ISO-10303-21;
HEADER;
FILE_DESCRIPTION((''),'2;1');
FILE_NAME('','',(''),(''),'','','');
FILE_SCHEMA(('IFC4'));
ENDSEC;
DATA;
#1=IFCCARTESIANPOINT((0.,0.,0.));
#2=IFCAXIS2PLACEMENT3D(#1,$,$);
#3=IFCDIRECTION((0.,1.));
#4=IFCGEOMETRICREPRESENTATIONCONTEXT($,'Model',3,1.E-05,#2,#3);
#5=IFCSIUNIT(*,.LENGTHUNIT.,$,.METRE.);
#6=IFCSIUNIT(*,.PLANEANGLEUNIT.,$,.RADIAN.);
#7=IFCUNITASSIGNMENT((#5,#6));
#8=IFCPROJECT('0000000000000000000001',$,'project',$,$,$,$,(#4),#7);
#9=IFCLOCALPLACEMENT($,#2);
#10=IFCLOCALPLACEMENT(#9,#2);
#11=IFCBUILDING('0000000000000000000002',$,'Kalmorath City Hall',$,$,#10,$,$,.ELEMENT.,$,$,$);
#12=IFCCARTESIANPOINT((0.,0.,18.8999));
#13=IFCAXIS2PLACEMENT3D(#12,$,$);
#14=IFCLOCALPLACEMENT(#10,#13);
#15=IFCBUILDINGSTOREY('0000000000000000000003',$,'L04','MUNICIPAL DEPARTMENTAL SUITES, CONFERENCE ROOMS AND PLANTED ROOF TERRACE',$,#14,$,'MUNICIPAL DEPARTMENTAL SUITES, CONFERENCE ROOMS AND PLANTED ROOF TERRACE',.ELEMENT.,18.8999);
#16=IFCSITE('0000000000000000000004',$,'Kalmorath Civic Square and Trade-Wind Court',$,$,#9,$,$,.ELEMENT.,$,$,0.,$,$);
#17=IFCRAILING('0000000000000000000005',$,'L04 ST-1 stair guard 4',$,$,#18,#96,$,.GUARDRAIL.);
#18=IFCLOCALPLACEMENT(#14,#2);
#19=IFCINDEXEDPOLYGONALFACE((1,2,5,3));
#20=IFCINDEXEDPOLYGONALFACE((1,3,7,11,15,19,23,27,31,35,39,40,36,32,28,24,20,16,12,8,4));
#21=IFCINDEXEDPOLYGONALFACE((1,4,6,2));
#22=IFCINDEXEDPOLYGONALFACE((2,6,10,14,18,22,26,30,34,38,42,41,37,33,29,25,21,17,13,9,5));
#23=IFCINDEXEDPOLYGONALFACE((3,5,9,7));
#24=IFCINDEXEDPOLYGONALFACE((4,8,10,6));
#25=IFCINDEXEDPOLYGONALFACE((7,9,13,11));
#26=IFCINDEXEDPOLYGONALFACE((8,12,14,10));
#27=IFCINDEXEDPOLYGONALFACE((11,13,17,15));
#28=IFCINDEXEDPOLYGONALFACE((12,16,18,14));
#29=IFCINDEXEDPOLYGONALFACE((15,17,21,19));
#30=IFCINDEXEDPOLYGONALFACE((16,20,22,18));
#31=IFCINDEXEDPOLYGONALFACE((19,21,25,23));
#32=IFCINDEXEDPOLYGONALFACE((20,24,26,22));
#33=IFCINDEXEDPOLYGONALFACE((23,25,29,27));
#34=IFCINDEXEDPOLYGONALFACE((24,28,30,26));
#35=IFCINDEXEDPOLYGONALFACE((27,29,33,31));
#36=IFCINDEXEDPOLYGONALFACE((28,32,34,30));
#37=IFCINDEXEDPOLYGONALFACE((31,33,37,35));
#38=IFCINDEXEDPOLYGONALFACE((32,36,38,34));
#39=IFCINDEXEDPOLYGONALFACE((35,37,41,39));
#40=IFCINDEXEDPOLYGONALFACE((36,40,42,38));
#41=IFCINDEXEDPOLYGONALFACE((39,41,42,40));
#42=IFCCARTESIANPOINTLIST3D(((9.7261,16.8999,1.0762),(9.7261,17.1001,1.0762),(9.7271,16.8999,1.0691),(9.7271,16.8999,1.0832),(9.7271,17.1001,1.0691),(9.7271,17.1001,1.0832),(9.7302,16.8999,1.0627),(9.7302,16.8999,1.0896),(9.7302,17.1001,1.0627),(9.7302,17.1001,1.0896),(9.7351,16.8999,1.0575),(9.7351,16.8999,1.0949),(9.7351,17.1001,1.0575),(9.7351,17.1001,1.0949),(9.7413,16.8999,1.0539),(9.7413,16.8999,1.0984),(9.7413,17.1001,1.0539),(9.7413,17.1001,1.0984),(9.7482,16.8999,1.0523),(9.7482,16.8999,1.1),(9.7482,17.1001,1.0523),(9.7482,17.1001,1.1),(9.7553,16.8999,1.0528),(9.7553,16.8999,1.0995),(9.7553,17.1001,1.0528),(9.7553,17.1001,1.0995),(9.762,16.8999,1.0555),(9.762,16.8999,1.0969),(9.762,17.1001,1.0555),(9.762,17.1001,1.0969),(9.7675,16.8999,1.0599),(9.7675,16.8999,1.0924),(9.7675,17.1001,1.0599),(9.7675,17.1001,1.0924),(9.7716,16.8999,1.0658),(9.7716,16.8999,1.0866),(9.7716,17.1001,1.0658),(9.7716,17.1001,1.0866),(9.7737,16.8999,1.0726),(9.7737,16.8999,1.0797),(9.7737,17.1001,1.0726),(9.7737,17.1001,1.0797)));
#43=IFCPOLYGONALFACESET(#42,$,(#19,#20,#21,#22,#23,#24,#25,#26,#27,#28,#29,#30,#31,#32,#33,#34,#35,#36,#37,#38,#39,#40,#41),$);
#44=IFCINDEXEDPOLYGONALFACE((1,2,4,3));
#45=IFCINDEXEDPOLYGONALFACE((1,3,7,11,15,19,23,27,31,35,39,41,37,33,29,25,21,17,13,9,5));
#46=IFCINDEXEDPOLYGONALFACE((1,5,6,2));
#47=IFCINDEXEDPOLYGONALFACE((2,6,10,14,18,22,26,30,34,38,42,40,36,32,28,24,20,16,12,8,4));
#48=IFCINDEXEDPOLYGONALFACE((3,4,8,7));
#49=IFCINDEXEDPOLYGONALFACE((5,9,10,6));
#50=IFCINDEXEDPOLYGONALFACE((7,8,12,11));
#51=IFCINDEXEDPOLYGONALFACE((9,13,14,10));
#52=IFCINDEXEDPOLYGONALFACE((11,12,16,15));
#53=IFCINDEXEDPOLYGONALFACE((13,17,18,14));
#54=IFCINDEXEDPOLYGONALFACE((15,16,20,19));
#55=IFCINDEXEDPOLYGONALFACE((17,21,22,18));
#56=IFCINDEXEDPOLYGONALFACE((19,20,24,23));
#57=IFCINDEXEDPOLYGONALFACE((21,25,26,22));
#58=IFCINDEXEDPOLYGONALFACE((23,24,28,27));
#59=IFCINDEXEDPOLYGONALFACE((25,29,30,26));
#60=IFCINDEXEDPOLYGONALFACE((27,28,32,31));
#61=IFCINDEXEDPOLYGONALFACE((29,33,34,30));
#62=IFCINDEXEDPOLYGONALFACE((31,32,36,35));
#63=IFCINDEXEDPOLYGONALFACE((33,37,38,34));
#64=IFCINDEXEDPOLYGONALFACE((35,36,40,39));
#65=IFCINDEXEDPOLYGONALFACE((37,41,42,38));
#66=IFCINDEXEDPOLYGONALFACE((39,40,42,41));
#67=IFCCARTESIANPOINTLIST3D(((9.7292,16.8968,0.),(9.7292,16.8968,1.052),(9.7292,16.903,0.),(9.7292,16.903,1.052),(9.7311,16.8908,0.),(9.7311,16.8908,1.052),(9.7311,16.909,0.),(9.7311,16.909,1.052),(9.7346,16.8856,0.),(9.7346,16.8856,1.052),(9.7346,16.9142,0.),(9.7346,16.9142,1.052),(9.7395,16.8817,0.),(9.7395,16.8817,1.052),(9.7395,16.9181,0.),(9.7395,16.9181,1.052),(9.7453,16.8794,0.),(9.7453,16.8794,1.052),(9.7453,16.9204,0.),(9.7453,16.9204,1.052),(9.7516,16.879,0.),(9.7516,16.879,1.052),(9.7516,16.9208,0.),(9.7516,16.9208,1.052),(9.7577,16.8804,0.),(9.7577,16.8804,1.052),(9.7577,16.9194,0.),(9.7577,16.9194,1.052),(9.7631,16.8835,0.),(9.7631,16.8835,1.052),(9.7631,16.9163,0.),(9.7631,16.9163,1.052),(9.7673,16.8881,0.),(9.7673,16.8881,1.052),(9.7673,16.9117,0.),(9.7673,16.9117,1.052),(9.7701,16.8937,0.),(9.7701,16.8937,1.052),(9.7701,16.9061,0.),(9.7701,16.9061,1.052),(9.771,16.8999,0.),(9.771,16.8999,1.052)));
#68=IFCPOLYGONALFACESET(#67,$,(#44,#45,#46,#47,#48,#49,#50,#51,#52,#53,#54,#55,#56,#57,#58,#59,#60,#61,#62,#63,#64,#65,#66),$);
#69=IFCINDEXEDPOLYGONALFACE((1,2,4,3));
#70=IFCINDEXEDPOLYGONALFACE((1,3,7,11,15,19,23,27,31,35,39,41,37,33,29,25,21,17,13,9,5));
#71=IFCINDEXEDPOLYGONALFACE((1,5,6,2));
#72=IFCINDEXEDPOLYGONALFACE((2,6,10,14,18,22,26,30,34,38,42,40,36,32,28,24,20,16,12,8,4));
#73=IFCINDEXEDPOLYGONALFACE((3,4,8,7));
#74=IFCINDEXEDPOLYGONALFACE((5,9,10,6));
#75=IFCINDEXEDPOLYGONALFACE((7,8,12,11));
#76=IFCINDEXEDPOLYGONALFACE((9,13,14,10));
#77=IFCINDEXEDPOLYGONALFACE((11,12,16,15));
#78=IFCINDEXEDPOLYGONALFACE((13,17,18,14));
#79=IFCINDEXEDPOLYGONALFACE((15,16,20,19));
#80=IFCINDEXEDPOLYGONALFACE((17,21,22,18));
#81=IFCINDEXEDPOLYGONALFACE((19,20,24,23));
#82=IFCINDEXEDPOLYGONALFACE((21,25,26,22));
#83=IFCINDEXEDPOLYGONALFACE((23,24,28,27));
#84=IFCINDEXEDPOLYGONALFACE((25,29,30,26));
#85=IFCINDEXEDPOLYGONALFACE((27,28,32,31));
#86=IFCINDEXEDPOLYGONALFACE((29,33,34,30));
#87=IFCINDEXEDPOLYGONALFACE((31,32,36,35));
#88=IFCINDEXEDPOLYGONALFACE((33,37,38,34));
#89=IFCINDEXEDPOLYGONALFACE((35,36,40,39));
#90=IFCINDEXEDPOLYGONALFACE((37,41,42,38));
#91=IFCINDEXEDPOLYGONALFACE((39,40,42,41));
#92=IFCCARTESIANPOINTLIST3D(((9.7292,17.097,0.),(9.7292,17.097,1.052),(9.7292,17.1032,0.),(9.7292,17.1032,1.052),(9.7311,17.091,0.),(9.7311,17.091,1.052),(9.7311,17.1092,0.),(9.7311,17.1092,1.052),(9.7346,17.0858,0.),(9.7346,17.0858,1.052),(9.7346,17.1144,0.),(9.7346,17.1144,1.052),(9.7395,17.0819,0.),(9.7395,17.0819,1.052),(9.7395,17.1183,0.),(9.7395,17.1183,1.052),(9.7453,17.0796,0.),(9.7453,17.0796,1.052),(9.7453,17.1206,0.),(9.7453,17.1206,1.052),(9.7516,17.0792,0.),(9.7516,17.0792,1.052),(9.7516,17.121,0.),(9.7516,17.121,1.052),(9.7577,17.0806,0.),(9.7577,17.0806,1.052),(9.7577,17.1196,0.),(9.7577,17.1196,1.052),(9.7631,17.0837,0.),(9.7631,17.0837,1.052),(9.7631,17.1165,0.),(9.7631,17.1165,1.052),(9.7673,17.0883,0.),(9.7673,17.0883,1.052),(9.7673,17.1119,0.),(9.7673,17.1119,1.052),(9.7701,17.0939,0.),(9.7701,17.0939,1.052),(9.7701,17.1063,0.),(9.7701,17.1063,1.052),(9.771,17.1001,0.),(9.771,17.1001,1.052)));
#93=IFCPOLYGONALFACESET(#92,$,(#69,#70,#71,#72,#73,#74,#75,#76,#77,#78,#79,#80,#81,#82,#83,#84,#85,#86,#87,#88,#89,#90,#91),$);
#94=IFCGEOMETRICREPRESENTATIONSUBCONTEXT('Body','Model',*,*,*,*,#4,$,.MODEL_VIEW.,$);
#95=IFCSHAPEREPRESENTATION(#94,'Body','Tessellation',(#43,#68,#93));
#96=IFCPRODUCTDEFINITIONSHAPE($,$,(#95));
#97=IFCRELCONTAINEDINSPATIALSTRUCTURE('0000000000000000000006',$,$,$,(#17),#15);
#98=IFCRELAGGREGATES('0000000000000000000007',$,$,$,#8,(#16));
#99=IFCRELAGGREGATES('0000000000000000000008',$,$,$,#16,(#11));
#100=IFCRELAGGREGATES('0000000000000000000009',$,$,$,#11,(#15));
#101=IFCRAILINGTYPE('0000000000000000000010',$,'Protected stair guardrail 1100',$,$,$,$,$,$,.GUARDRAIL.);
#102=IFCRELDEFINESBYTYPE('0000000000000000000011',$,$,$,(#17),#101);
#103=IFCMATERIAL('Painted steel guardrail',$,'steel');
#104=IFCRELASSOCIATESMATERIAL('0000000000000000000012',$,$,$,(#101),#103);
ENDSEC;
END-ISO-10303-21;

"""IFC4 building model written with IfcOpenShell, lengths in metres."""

from ifc_helpers import new_model, si_unit, direction, frame, origin, origin_2d, place, context, subcontext, project, spatial, circle, extrude, material, type_object, element, save


model = new_model("IFC4")

# Units and contexts
model_context = context("Model", 3, precision=1e-05, world=origin(), true_north=direction((0.0, 1.0)))
body_context = subcontext(model_context, "Body", "Model", "MODEL_VIEW")
ifc_project = project(units=[si_unit("LENGTHUNIT", "METRE"), si_unit("PLANEANGLEUNIT", "RADIAN")], contexts=[model_context])

# Site, building, storey
site_placement = place(None, origin())
site = spatial("IfcSite", under=ifc_project, at=site_placement, Name="Kalmorath Civic Square and Trade-Wind Court", CompositionType="ELEMENT", RefElevation=0.0)
building_placement = place(site_placement, origin())
building = spatial("IfcBuilding", under=site, at=building_placement, Name="Kalmorath City Hall", CompositionType="ELEMENT")
storey_placement = place(building_placement, frame((0.0, 0.0, 18.8999)))
storey = spatial("IfcBuildingStorey", under=building, at=storey_placement, Name="L04", Description="MUNICIPAL DEPARTMENTAL SUITES, CONFERENCE ROOMS AND PLANTED ROOF TERRACE", LongName="MUNICIPAL DEPARTMENTAL SUITES, CONFERENCE ROOMS AND PLANTED ROOF TERRACE", CompositionType="ELEMENT", Elevation=18.8999)

# Railing
ifc_material_1 = material(Name="Painted steel guardrail", Category="steel")
railing_type_1 = type_object("IfcRailingType", Name="Protected stair guardrail 1100", PredefinedType="GUARDRAIL", material=ifc_material_1)
railing_1_placement = place(storey_placement, frame((9.75, 16.8999, 0.0)))
element("IfcRailing", 1, at=railing_1_placement, inside=storey, type_object=railing_type_1, Name="L04 ST-1 stair guard 4", PredefinedType="GUARDRAIL", context=body_context, shape_type="SweptSolid", body=[
    extrude(circle(Radius=0.0239, at=origin_2d()), frame((0.0, 0.0, 1.0762), z_axis=(0.0, 1.0, 0.0), x_axis=(-1.0, 0.0, 0.0)), (0.0, 0.0, 1.0), 0.2002),
    extrude(circle(Radius=0.021, at=origin_2d()), origin(), (0.0, 0.0, 1.0), 1.052),
    extrude(circle(Radius=0.021, at=origin_2d()), frame((0.0, 0.2002, 0.0)), (0.0, 0.0, 1.0), 1.052),
])

save(model, "model.ifc")
